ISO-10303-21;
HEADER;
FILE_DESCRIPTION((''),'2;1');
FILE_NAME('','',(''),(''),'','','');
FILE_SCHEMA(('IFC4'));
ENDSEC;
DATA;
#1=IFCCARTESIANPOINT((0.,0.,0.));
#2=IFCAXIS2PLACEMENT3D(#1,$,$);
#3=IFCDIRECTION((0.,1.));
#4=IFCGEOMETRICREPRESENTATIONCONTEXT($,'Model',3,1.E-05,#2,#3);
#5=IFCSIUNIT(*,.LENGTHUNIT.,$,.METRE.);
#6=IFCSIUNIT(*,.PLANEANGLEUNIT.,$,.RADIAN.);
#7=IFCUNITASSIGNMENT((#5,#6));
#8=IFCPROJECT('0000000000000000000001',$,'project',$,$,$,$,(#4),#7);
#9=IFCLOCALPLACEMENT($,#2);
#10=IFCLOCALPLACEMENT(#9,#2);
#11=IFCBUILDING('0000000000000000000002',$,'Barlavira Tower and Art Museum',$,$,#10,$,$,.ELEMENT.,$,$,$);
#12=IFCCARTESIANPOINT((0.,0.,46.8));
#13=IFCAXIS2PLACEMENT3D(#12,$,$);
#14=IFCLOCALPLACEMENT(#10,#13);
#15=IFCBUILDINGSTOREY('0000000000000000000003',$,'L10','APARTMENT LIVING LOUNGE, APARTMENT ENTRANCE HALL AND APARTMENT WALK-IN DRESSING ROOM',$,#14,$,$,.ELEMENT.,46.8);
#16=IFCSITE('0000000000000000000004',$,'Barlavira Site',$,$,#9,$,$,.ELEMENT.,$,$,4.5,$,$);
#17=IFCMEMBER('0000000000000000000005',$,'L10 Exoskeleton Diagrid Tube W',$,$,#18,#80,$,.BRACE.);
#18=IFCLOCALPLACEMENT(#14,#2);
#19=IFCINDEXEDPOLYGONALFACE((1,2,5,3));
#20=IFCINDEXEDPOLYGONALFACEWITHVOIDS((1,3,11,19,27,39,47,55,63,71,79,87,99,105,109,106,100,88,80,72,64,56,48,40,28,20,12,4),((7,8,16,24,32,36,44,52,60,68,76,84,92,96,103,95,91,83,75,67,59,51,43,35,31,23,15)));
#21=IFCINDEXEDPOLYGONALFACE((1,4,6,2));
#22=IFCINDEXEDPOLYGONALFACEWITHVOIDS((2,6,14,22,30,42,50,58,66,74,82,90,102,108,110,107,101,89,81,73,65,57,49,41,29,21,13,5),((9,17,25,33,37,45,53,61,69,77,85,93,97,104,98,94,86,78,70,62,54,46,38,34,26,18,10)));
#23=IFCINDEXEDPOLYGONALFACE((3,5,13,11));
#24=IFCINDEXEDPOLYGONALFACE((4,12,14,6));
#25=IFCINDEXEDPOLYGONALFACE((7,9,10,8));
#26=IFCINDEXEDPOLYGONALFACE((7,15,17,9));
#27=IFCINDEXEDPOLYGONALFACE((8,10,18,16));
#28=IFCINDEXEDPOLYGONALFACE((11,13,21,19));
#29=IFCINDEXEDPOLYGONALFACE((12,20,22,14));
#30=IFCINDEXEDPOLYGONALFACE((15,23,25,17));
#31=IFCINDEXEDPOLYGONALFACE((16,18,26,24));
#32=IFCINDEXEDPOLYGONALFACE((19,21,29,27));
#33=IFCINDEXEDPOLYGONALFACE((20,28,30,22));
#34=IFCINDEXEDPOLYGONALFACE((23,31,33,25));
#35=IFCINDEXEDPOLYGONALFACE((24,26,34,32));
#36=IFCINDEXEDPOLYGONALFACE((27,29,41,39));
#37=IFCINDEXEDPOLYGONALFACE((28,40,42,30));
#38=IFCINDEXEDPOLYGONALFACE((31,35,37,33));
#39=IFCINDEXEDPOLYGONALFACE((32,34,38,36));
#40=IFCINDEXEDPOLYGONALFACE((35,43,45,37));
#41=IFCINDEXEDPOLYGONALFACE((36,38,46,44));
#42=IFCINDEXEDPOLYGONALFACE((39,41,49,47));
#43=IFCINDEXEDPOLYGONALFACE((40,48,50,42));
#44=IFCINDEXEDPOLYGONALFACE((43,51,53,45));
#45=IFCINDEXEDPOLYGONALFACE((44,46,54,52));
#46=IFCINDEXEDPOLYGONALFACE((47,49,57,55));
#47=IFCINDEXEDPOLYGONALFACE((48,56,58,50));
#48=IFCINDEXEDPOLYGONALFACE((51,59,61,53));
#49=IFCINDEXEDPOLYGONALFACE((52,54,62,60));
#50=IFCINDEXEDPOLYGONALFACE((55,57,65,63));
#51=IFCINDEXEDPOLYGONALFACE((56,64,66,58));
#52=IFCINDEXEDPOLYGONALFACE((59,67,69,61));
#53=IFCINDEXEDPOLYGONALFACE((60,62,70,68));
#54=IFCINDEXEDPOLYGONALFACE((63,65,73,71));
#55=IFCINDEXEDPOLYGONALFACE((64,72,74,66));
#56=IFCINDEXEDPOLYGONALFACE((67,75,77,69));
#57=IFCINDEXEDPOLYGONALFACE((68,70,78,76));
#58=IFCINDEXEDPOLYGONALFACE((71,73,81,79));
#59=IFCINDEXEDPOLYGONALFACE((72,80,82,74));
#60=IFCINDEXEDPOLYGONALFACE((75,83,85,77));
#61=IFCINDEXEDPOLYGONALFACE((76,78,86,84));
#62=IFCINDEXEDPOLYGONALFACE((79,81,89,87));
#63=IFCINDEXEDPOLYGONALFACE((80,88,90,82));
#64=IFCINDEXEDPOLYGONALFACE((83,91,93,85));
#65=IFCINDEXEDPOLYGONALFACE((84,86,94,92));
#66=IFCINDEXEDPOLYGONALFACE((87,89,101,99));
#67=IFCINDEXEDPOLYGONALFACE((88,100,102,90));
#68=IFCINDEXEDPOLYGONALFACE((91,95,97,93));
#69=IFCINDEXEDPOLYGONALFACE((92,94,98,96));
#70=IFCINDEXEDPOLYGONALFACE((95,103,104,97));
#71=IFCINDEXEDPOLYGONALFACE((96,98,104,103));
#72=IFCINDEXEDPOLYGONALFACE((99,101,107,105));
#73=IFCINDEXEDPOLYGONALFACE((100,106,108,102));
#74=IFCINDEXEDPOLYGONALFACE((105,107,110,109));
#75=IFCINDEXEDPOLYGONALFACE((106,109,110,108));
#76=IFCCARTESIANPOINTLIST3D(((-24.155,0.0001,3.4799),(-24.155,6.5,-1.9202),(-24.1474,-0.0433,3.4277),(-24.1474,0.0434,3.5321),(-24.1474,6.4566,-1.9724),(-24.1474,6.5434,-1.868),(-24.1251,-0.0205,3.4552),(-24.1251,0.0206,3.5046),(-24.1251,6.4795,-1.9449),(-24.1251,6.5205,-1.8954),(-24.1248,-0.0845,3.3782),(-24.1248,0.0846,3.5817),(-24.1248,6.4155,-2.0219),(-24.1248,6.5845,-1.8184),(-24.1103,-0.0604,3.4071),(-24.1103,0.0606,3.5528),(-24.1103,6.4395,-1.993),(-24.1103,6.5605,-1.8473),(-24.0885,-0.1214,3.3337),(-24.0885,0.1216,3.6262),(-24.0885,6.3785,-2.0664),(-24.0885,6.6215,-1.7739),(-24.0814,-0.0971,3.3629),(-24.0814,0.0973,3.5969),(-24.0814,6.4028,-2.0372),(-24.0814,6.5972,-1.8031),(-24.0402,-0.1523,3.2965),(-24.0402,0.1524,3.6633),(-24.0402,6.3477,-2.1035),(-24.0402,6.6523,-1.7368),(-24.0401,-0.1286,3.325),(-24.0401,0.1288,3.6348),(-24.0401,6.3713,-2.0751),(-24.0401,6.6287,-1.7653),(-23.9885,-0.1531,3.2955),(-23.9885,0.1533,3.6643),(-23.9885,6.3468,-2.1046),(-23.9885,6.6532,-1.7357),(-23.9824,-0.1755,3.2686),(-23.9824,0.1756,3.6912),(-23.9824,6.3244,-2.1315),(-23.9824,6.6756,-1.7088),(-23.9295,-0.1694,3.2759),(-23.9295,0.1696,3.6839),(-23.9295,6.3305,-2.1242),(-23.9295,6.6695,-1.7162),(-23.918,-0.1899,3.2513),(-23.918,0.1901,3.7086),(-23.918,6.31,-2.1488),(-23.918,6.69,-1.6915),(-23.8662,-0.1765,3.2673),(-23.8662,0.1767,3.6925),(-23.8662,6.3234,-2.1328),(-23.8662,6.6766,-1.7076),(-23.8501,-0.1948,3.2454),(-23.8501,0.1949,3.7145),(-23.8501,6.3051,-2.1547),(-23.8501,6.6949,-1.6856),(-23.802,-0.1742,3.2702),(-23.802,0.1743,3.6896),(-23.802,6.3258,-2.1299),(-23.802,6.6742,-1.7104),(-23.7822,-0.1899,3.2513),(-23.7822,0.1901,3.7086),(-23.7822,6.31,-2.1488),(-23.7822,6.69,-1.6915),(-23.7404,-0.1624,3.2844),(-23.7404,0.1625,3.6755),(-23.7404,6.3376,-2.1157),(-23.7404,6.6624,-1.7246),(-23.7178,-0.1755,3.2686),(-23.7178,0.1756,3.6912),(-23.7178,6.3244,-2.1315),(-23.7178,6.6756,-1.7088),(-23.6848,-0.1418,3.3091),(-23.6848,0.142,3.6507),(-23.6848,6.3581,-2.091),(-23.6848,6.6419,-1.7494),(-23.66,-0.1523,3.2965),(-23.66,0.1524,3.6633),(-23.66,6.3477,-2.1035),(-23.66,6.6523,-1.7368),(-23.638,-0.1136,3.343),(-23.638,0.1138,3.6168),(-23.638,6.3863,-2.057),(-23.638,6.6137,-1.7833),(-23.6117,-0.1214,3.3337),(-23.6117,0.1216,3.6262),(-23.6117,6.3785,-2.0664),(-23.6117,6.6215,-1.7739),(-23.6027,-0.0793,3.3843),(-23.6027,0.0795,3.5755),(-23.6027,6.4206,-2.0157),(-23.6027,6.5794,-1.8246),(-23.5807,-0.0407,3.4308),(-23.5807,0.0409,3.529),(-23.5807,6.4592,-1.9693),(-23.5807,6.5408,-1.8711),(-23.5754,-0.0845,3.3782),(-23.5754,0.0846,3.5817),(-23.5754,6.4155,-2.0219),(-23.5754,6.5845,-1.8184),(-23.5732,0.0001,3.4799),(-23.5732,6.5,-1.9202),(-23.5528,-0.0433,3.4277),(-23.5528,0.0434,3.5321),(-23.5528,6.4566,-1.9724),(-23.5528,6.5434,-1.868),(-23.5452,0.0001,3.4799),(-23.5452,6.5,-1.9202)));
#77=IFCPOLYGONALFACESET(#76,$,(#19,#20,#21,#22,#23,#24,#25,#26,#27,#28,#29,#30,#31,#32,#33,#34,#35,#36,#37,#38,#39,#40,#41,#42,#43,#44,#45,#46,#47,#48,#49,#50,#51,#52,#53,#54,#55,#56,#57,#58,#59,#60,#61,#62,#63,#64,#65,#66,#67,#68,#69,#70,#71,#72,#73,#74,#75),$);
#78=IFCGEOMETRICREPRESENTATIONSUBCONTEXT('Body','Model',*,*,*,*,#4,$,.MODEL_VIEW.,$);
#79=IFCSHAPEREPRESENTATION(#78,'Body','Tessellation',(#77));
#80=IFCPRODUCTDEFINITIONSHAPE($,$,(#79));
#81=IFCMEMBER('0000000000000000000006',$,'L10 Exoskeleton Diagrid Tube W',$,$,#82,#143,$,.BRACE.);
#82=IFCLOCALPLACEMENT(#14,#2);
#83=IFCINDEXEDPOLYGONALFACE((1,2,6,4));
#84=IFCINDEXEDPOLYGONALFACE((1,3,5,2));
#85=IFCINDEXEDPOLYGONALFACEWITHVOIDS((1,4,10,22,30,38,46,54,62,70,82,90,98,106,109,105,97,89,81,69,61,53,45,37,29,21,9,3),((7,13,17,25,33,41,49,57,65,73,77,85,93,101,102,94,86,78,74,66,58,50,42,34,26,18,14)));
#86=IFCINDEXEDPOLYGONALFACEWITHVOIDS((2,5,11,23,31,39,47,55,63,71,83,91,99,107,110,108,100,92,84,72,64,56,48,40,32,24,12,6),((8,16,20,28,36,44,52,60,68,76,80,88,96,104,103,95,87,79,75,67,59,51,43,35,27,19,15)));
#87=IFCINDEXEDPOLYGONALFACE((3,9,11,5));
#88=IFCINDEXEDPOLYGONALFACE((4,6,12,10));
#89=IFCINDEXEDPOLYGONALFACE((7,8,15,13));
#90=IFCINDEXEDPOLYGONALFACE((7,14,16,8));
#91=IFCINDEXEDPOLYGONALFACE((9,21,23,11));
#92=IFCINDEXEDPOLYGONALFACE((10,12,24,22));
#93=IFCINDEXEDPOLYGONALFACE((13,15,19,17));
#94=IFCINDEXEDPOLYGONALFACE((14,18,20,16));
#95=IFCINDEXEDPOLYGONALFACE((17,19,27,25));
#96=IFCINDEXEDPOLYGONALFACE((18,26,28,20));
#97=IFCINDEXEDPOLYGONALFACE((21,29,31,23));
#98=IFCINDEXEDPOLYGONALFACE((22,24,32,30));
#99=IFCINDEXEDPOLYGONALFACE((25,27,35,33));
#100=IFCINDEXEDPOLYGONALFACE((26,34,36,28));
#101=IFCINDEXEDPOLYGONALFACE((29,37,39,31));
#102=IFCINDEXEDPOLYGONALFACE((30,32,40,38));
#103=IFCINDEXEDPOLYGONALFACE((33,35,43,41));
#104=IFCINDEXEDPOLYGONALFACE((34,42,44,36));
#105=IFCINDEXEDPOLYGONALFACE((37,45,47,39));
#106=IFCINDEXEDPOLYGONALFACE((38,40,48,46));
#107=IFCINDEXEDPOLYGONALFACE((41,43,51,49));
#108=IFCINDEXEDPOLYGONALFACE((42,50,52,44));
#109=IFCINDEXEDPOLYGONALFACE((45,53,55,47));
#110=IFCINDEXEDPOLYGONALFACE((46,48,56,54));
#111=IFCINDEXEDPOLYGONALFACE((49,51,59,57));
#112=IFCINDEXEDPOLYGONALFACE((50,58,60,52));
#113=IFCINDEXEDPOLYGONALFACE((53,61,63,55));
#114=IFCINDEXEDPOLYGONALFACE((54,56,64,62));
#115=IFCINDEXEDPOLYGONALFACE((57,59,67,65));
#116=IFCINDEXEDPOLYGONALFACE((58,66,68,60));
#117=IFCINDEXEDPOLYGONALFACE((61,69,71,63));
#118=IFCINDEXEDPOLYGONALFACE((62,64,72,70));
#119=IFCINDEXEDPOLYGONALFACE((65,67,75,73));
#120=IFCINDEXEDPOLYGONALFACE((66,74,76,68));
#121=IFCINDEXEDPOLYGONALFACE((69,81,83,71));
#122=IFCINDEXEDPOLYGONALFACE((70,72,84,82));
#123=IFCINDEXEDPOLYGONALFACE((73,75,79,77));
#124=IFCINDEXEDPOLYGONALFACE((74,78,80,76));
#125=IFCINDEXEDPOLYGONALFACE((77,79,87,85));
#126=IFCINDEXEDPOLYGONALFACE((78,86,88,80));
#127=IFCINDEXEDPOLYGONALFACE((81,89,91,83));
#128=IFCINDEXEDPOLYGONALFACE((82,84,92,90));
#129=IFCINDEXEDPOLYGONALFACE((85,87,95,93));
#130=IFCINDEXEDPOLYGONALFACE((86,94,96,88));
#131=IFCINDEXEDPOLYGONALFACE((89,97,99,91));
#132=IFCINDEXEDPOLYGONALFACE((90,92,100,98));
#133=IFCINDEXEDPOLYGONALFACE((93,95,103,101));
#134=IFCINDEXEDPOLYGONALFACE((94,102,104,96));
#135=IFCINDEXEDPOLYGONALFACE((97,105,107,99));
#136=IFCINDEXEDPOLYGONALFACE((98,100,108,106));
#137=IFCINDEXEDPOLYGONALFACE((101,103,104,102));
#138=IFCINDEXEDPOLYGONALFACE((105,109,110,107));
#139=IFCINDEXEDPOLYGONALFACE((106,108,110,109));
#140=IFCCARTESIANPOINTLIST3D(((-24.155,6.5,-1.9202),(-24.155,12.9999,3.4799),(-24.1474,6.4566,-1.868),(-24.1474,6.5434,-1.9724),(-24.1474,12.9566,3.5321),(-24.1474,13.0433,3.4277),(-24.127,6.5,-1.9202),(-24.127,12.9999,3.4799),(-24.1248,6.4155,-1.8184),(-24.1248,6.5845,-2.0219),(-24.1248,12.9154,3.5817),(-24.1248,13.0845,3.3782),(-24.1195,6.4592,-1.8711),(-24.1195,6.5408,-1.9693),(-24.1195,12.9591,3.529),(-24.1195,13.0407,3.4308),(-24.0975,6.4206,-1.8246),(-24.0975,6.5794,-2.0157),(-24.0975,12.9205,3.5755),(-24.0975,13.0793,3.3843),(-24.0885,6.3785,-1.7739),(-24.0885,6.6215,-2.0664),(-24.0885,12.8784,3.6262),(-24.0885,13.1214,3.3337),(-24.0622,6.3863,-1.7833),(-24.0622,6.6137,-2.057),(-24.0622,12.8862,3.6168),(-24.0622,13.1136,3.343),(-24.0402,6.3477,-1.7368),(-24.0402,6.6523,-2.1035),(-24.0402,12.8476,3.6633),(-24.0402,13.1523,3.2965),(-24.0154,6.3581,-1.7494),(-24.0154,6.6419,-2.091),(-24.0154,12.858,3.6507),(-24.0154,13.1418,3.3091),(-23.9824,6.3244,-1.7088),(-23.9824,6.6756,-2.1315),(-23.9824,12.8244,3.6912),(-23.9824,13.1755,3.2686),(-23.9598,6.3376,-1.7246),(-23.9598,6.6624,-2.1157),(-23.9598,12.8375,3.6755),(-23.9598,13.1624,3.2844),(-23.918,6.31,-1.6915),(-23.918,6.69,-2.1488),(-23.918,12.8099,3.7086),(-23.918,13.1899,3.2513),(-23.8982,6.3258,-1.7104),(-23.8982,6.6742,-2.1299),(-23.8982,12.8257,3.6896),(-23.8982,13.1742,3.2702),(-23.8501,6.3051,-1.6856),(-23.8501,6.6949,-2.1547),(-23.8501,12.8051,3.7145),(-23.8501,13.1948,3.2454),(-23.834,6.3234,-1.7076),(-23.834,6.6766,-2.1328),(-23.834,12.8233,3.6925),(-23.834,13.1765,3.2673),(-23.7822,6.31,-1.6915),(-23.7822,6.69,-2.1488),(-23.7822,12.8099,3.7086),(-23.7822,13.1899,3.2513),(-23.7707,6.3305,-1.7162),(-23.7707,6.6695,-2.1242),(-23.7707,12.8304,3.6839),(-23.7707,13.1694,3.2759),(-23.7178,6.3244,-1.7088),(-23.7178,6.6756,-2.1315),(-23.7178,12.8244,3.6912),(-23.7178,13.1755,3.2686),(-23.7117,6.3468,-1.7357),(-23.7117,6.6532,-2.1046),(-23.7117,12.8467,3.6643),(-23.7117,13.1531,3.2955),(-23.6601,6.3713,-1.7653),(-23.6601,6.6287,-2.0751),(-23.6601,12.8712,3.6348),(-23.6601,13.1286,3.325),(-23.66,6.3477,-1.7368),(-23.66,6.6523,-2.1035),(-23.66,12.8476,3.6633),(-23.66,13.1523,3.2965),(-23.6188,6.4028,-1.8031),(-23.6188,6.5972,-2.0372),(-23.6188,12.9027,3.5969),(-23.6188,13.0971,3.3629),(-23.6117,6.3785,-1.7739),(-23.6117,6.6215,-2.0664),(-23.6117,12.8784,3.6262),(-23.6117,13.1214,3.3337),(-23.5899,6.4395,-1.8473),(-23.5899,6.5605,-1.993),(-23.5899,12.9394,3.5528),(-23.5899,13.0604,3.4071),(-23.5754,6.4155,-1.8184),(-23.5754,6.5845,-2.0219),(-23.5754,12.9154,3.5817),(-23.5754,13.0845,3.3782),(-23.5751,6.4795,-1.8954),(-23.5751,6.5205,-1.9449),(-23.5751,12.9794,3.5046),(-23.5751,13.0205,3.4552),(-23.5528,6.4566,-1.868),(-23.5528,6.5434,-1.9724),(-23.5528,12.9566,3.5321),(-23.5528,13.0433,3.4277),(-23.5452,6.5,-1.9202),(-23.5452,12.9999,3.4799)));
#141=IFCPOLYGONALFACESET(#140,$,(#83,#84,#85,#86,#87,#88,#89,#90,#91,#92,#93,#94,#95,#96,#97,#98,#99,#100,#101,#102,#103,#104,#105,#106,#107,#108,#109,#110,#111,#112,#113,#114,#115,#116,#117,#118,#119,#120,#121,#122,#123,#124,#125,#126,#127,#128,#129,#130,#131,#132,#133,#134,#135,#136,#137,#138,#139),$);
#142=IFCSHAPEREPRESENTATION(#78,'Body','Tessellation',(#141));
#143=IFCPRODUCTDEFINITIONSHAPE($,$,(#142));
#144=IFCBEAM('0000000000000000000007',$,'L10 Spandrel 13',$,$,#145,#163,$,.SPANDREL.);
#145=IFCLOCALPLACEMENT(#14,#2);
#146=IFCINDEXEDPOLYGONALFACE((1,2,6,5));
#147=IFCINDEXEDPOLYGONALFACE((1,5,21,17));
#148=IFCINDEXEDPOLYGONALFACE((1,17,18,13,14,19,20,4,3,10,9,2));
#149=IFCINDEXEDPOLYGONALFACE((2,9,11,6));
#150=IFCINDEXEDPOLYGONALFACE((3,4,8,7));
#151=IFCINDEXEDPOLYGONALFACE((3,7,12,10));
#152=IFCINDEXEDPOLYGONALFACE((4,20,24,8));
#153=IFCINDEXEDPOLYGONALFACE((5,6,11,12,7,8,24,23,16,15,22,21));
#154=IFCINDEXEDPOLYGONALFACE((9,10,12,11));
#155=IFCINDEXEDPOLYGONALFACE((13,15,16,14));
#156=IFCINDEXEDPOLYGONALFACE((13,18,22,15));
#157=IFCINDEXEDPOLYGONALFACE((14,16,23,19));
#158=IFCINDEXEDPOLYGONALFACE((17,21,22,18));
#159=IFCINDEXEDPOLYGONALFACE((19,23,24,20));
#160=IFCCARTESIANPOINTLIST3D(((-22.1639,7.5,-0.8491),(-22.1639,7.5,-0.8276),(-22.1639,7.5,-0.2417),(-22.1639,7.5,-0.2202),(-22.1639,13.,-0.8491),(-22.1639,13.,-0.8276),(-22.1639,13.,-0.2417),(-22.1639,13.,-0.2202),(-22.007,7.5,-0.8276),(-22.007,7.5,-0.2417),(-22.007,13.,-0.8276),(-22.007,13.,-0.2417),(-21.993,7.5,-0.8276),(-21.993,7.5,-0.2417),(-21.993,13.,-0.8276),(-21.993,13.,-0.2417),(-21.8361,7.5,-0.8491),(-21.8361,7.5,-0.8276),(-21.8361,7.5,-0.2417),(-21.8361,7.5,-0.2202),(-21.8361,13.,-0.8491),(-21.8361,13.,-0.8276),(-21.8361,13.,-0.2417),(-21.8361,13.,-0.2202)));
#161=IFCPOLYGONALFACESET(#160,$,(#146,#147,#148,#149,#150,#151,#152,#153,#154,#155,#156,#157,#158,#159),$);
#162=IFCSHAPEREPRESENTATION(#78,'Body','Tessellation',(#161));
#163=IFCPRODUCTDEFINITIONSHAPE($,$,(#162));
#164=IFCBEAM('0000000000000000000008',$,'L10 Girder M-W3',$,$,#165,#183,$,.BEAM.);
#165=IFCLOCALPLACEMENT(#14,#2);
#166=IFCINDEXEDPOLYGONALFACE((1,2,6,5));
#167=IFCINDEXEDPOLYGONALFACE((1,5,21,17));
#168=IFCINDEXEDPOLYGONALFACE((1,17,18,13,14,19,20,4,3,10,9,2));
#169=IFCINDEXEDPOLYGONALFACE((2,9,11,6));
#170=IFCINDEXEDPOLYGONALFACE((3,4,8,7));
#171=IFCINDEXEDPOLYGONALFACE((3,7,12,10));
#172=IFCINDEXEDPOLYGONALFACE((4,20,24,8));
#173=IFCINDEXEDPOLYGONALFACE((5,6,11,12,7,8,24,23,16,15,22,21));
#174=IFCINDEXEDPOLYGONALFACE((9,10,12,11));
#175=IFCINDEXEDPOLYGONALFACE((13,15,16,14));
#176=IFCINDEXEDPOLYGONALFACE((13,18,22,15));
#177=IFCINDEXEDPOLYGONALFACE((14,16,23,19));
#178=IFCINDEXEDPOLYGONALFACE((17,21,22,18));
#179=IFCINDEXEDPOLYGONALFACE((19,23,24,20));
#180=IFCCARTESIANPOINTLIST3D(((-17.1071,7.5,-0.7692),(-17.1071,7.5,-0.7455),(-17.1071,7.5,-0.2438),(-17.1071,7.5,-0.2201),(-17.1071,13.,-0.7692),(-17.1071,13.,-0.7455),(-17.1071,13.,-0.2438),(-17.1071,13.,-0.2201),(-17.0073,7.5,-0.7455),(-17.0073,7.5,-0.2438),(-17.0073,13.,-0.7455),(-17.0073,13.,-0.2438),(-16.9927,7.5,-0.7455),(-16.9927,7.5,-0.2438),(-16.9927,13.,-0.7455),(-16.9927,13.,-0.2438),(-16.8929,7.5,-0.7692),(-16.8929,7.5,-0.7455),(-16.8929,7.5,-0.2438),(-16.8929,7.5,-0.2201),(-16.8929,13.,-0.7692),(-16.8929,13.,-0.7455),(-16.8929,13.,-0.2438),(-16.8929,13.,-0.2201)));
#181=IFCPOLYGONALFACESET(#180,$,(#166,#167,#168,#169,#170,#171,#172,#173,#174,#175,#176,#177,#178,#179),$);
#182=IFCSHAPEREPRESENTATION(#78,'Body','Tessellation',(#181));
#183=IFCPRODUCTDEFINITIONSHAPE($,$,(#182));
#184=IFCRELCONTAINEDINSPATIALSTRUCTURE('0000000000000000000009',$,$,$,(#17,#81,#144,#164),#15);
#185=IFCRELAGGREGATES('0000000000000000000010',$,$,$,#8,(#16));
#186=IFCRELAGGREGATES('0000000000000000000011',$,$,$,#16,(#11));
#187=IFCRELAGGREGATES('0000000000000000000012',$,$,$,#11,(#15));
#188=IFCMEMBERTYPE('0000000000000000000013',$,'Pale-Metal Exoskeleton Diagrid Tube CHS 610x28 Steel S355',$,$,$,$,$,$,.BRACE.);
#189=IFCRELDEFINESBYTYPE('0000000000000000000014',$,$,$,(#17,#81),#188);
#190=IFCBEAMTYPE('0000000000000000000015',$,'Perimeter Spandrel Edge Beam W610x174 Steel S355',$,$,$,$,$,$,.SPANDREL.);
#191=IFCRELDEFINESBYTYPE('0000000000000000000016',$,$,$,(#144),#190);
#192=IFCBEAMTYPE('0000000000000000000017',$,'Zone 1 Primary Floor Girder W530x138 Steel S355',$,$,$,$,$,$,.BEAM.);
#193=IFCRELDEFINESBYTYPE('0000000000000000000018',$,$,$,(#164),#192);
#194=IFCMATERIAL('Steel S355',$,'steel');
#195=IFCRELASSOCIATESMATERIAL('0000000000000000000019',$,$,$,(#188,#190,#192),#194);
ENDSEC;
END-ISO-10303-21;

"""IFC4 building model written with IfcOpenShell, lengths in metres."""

from ifc_helpers import new_model, si_unit, direction, frame, origin, origin_2d, place, context, subcontext, project, spatial, hollow_circle, i_section, extrude, material, material_profile, profile_set, type_object, element, save


model = new_model("IFC4")

# Units and contexts
model_context = context("Model", 3, precision=1e-05, world=origin(), true_north=direction((0.0, 1.0)))
body_context = subcontext(model_context, "Body", "Model", "MODEL_VIEW")
ifc_project = project(units=[si_unit("LENGTHUNIT", "METRE"), si_unit("PLANEANGLEUNIT", "RADIAN")], contexts=[model_context])

# Site, building, storey
site_placement = place(None, origin())
site = spatial("IfcSite", under=ifc_project, at=site_placement, Name="Barlavira Site", CompositionType="ELEMENT", RefElevation=4.5)
building_placement = place(site_placement, origin())
building = spatial("IfcBuilding", under=site, at=building_placement, Name="Barlavira Tower and Art Museum", CompositionType="ELEMENT")
storey_placement = place(building_placement, frame((0.0, 0.0, 46.8)))
storey = spatial("IfcBuildingStorey", under=building, at=storey_placement, Name="L10", Description="APARTMENT LIVING LOUNGE, APARTMENT ENTRANCE HALL AND APARTMENT WALK-IN DRESSING ROOM", CompositionType="ELEMENT", Elevation=46.8)

# Members
ifc_material_1 = material(Name="Steel S355", Category="steel")
ifc_material_profile_1 = material_profile(ifc_material_1, hollow_circle(Radius=0.3049, WallThickness=0.0281, at=origin_2d()), Name="CHS 610.0x28.0")
ifc_profile_set_1 = profile_set([ifc_material_profile_1], Name="Steel S355")
member_type_1 = type_object("IfcMemberType", Name="Pale-Metal Exoskeleton Diagrid Tube CHS 610x28 Steel S355", PredefinedType="BRACE", material=ifc_profile_set_1)
for number, where, z_axis, x_axis, name in (
    (1, (-23.8501, 6.5, -1.9202), (0.0, -0.769182, 0.63903), (1.0, 0.0, 0.0), "L10 Exoskeleton Diagrid Tube W"),
    (2, (-23.8501, 6.5, -1.9202), (0.0, 0.769182, 0.63903), (-1.0, 0.0, 0.0), "L10 Exoskeleton Diagrid Tube W"),
):
    element("IfcMember", number, at=place(storey_placement, frame(where, z_axis=z_axis, x_axis=x_axis)), inside=storey, type_object=member_type_1, Name=name, PredefinedType="BRACE", context=body_context, shape_type="SweptSolid", body=[
        extrude(hollow_circle(Radius=0.3049, WallThickness=0.0281, at=origin_2d()), origin(), (0.0, 0.0, 1.0), 8.4504),
    ])

# Beams
ifc_material_profile_2 = material_profile(ifc_material_1, i_section(OverallWidth=0.3279, OverallDepth=0.6289, WebThickness=0.0139, FlangeThickness=0.0215, at=origin_2d()), Name="W610x174.0")
ifc_profile_set_2 = profile_set([ifc_material_profile_2], Name="Steel S355")
beam_type_1 = type_object("IfcBeamType", Name="Perimeter Spandrel Edge Beam W610x174 Steel S355", PredefinedType="SPANDREL", material=ifc_profile_set_2)
beam_1_placement = place(storey_placement, frame((-22.0, 7.5, -0.5347), z_axis=(0.0, 1.0, 0.0), x_axis=(-1.0, 0.0, 0.0)))
element("IfcBeam", 3, at=beam_1_placement, inside=storey, type_object=beam_type_1, Name="L10 Spandrel 13", PredefinedType="SPANDREL", context=body_context, shape_type="SweptSolid", body=[
    extrude(i_section(OverallWidth=0.3279, OverallDepth=0.6289, WebThickness=0.0139, FlangeThickness=0.0215, at=origin_2d()), origin(), (0.0, 0.0, 1.0), 5.5),
])
ifc_material_profile_3 = material_profile(ifc_material_1, i_section(OverallWidth=0.2141, OverallDepth=0.5491, WebThickness=0.0146, FlangeThickness=0.0237, at=origin_2d()), Name="W530x138.0")
ifc_profile_set_3 = profile_set([ifc_material_profile_3], Name="Steel S355")
beam_type_2 = type_object("IfcBeamType", Name="Zone 1 Primary Floor Girder W530x138 Steel S355", PredefinedType="BEAM", material=ifc_profile_set_3)
beam_2_placement = place(storey_placement, frame((-17.0, 7.5, -0.4946), z_axis=(0.0, 1.0, 0.0), x_axis=(-1.0, 0.0, 0.0)))
element("IfcBeam", 4, at=beam_2_placement, inside=storey, type_object=beam_type_2, Name="L10 Girder M-W3", PredefinedType="BEAM", context=body_context, shape_type="SweptSolid", body=[
    extrude(i_section(OverallWidth=0.2141, OverallDepth=0.5491, WebThickness=0.0146, FlangeThickness=0.0237, at=origin_2d()), origin(), (0.0, 0.0, 1.0), 5.5),
])

save(model, "model.ifc")
